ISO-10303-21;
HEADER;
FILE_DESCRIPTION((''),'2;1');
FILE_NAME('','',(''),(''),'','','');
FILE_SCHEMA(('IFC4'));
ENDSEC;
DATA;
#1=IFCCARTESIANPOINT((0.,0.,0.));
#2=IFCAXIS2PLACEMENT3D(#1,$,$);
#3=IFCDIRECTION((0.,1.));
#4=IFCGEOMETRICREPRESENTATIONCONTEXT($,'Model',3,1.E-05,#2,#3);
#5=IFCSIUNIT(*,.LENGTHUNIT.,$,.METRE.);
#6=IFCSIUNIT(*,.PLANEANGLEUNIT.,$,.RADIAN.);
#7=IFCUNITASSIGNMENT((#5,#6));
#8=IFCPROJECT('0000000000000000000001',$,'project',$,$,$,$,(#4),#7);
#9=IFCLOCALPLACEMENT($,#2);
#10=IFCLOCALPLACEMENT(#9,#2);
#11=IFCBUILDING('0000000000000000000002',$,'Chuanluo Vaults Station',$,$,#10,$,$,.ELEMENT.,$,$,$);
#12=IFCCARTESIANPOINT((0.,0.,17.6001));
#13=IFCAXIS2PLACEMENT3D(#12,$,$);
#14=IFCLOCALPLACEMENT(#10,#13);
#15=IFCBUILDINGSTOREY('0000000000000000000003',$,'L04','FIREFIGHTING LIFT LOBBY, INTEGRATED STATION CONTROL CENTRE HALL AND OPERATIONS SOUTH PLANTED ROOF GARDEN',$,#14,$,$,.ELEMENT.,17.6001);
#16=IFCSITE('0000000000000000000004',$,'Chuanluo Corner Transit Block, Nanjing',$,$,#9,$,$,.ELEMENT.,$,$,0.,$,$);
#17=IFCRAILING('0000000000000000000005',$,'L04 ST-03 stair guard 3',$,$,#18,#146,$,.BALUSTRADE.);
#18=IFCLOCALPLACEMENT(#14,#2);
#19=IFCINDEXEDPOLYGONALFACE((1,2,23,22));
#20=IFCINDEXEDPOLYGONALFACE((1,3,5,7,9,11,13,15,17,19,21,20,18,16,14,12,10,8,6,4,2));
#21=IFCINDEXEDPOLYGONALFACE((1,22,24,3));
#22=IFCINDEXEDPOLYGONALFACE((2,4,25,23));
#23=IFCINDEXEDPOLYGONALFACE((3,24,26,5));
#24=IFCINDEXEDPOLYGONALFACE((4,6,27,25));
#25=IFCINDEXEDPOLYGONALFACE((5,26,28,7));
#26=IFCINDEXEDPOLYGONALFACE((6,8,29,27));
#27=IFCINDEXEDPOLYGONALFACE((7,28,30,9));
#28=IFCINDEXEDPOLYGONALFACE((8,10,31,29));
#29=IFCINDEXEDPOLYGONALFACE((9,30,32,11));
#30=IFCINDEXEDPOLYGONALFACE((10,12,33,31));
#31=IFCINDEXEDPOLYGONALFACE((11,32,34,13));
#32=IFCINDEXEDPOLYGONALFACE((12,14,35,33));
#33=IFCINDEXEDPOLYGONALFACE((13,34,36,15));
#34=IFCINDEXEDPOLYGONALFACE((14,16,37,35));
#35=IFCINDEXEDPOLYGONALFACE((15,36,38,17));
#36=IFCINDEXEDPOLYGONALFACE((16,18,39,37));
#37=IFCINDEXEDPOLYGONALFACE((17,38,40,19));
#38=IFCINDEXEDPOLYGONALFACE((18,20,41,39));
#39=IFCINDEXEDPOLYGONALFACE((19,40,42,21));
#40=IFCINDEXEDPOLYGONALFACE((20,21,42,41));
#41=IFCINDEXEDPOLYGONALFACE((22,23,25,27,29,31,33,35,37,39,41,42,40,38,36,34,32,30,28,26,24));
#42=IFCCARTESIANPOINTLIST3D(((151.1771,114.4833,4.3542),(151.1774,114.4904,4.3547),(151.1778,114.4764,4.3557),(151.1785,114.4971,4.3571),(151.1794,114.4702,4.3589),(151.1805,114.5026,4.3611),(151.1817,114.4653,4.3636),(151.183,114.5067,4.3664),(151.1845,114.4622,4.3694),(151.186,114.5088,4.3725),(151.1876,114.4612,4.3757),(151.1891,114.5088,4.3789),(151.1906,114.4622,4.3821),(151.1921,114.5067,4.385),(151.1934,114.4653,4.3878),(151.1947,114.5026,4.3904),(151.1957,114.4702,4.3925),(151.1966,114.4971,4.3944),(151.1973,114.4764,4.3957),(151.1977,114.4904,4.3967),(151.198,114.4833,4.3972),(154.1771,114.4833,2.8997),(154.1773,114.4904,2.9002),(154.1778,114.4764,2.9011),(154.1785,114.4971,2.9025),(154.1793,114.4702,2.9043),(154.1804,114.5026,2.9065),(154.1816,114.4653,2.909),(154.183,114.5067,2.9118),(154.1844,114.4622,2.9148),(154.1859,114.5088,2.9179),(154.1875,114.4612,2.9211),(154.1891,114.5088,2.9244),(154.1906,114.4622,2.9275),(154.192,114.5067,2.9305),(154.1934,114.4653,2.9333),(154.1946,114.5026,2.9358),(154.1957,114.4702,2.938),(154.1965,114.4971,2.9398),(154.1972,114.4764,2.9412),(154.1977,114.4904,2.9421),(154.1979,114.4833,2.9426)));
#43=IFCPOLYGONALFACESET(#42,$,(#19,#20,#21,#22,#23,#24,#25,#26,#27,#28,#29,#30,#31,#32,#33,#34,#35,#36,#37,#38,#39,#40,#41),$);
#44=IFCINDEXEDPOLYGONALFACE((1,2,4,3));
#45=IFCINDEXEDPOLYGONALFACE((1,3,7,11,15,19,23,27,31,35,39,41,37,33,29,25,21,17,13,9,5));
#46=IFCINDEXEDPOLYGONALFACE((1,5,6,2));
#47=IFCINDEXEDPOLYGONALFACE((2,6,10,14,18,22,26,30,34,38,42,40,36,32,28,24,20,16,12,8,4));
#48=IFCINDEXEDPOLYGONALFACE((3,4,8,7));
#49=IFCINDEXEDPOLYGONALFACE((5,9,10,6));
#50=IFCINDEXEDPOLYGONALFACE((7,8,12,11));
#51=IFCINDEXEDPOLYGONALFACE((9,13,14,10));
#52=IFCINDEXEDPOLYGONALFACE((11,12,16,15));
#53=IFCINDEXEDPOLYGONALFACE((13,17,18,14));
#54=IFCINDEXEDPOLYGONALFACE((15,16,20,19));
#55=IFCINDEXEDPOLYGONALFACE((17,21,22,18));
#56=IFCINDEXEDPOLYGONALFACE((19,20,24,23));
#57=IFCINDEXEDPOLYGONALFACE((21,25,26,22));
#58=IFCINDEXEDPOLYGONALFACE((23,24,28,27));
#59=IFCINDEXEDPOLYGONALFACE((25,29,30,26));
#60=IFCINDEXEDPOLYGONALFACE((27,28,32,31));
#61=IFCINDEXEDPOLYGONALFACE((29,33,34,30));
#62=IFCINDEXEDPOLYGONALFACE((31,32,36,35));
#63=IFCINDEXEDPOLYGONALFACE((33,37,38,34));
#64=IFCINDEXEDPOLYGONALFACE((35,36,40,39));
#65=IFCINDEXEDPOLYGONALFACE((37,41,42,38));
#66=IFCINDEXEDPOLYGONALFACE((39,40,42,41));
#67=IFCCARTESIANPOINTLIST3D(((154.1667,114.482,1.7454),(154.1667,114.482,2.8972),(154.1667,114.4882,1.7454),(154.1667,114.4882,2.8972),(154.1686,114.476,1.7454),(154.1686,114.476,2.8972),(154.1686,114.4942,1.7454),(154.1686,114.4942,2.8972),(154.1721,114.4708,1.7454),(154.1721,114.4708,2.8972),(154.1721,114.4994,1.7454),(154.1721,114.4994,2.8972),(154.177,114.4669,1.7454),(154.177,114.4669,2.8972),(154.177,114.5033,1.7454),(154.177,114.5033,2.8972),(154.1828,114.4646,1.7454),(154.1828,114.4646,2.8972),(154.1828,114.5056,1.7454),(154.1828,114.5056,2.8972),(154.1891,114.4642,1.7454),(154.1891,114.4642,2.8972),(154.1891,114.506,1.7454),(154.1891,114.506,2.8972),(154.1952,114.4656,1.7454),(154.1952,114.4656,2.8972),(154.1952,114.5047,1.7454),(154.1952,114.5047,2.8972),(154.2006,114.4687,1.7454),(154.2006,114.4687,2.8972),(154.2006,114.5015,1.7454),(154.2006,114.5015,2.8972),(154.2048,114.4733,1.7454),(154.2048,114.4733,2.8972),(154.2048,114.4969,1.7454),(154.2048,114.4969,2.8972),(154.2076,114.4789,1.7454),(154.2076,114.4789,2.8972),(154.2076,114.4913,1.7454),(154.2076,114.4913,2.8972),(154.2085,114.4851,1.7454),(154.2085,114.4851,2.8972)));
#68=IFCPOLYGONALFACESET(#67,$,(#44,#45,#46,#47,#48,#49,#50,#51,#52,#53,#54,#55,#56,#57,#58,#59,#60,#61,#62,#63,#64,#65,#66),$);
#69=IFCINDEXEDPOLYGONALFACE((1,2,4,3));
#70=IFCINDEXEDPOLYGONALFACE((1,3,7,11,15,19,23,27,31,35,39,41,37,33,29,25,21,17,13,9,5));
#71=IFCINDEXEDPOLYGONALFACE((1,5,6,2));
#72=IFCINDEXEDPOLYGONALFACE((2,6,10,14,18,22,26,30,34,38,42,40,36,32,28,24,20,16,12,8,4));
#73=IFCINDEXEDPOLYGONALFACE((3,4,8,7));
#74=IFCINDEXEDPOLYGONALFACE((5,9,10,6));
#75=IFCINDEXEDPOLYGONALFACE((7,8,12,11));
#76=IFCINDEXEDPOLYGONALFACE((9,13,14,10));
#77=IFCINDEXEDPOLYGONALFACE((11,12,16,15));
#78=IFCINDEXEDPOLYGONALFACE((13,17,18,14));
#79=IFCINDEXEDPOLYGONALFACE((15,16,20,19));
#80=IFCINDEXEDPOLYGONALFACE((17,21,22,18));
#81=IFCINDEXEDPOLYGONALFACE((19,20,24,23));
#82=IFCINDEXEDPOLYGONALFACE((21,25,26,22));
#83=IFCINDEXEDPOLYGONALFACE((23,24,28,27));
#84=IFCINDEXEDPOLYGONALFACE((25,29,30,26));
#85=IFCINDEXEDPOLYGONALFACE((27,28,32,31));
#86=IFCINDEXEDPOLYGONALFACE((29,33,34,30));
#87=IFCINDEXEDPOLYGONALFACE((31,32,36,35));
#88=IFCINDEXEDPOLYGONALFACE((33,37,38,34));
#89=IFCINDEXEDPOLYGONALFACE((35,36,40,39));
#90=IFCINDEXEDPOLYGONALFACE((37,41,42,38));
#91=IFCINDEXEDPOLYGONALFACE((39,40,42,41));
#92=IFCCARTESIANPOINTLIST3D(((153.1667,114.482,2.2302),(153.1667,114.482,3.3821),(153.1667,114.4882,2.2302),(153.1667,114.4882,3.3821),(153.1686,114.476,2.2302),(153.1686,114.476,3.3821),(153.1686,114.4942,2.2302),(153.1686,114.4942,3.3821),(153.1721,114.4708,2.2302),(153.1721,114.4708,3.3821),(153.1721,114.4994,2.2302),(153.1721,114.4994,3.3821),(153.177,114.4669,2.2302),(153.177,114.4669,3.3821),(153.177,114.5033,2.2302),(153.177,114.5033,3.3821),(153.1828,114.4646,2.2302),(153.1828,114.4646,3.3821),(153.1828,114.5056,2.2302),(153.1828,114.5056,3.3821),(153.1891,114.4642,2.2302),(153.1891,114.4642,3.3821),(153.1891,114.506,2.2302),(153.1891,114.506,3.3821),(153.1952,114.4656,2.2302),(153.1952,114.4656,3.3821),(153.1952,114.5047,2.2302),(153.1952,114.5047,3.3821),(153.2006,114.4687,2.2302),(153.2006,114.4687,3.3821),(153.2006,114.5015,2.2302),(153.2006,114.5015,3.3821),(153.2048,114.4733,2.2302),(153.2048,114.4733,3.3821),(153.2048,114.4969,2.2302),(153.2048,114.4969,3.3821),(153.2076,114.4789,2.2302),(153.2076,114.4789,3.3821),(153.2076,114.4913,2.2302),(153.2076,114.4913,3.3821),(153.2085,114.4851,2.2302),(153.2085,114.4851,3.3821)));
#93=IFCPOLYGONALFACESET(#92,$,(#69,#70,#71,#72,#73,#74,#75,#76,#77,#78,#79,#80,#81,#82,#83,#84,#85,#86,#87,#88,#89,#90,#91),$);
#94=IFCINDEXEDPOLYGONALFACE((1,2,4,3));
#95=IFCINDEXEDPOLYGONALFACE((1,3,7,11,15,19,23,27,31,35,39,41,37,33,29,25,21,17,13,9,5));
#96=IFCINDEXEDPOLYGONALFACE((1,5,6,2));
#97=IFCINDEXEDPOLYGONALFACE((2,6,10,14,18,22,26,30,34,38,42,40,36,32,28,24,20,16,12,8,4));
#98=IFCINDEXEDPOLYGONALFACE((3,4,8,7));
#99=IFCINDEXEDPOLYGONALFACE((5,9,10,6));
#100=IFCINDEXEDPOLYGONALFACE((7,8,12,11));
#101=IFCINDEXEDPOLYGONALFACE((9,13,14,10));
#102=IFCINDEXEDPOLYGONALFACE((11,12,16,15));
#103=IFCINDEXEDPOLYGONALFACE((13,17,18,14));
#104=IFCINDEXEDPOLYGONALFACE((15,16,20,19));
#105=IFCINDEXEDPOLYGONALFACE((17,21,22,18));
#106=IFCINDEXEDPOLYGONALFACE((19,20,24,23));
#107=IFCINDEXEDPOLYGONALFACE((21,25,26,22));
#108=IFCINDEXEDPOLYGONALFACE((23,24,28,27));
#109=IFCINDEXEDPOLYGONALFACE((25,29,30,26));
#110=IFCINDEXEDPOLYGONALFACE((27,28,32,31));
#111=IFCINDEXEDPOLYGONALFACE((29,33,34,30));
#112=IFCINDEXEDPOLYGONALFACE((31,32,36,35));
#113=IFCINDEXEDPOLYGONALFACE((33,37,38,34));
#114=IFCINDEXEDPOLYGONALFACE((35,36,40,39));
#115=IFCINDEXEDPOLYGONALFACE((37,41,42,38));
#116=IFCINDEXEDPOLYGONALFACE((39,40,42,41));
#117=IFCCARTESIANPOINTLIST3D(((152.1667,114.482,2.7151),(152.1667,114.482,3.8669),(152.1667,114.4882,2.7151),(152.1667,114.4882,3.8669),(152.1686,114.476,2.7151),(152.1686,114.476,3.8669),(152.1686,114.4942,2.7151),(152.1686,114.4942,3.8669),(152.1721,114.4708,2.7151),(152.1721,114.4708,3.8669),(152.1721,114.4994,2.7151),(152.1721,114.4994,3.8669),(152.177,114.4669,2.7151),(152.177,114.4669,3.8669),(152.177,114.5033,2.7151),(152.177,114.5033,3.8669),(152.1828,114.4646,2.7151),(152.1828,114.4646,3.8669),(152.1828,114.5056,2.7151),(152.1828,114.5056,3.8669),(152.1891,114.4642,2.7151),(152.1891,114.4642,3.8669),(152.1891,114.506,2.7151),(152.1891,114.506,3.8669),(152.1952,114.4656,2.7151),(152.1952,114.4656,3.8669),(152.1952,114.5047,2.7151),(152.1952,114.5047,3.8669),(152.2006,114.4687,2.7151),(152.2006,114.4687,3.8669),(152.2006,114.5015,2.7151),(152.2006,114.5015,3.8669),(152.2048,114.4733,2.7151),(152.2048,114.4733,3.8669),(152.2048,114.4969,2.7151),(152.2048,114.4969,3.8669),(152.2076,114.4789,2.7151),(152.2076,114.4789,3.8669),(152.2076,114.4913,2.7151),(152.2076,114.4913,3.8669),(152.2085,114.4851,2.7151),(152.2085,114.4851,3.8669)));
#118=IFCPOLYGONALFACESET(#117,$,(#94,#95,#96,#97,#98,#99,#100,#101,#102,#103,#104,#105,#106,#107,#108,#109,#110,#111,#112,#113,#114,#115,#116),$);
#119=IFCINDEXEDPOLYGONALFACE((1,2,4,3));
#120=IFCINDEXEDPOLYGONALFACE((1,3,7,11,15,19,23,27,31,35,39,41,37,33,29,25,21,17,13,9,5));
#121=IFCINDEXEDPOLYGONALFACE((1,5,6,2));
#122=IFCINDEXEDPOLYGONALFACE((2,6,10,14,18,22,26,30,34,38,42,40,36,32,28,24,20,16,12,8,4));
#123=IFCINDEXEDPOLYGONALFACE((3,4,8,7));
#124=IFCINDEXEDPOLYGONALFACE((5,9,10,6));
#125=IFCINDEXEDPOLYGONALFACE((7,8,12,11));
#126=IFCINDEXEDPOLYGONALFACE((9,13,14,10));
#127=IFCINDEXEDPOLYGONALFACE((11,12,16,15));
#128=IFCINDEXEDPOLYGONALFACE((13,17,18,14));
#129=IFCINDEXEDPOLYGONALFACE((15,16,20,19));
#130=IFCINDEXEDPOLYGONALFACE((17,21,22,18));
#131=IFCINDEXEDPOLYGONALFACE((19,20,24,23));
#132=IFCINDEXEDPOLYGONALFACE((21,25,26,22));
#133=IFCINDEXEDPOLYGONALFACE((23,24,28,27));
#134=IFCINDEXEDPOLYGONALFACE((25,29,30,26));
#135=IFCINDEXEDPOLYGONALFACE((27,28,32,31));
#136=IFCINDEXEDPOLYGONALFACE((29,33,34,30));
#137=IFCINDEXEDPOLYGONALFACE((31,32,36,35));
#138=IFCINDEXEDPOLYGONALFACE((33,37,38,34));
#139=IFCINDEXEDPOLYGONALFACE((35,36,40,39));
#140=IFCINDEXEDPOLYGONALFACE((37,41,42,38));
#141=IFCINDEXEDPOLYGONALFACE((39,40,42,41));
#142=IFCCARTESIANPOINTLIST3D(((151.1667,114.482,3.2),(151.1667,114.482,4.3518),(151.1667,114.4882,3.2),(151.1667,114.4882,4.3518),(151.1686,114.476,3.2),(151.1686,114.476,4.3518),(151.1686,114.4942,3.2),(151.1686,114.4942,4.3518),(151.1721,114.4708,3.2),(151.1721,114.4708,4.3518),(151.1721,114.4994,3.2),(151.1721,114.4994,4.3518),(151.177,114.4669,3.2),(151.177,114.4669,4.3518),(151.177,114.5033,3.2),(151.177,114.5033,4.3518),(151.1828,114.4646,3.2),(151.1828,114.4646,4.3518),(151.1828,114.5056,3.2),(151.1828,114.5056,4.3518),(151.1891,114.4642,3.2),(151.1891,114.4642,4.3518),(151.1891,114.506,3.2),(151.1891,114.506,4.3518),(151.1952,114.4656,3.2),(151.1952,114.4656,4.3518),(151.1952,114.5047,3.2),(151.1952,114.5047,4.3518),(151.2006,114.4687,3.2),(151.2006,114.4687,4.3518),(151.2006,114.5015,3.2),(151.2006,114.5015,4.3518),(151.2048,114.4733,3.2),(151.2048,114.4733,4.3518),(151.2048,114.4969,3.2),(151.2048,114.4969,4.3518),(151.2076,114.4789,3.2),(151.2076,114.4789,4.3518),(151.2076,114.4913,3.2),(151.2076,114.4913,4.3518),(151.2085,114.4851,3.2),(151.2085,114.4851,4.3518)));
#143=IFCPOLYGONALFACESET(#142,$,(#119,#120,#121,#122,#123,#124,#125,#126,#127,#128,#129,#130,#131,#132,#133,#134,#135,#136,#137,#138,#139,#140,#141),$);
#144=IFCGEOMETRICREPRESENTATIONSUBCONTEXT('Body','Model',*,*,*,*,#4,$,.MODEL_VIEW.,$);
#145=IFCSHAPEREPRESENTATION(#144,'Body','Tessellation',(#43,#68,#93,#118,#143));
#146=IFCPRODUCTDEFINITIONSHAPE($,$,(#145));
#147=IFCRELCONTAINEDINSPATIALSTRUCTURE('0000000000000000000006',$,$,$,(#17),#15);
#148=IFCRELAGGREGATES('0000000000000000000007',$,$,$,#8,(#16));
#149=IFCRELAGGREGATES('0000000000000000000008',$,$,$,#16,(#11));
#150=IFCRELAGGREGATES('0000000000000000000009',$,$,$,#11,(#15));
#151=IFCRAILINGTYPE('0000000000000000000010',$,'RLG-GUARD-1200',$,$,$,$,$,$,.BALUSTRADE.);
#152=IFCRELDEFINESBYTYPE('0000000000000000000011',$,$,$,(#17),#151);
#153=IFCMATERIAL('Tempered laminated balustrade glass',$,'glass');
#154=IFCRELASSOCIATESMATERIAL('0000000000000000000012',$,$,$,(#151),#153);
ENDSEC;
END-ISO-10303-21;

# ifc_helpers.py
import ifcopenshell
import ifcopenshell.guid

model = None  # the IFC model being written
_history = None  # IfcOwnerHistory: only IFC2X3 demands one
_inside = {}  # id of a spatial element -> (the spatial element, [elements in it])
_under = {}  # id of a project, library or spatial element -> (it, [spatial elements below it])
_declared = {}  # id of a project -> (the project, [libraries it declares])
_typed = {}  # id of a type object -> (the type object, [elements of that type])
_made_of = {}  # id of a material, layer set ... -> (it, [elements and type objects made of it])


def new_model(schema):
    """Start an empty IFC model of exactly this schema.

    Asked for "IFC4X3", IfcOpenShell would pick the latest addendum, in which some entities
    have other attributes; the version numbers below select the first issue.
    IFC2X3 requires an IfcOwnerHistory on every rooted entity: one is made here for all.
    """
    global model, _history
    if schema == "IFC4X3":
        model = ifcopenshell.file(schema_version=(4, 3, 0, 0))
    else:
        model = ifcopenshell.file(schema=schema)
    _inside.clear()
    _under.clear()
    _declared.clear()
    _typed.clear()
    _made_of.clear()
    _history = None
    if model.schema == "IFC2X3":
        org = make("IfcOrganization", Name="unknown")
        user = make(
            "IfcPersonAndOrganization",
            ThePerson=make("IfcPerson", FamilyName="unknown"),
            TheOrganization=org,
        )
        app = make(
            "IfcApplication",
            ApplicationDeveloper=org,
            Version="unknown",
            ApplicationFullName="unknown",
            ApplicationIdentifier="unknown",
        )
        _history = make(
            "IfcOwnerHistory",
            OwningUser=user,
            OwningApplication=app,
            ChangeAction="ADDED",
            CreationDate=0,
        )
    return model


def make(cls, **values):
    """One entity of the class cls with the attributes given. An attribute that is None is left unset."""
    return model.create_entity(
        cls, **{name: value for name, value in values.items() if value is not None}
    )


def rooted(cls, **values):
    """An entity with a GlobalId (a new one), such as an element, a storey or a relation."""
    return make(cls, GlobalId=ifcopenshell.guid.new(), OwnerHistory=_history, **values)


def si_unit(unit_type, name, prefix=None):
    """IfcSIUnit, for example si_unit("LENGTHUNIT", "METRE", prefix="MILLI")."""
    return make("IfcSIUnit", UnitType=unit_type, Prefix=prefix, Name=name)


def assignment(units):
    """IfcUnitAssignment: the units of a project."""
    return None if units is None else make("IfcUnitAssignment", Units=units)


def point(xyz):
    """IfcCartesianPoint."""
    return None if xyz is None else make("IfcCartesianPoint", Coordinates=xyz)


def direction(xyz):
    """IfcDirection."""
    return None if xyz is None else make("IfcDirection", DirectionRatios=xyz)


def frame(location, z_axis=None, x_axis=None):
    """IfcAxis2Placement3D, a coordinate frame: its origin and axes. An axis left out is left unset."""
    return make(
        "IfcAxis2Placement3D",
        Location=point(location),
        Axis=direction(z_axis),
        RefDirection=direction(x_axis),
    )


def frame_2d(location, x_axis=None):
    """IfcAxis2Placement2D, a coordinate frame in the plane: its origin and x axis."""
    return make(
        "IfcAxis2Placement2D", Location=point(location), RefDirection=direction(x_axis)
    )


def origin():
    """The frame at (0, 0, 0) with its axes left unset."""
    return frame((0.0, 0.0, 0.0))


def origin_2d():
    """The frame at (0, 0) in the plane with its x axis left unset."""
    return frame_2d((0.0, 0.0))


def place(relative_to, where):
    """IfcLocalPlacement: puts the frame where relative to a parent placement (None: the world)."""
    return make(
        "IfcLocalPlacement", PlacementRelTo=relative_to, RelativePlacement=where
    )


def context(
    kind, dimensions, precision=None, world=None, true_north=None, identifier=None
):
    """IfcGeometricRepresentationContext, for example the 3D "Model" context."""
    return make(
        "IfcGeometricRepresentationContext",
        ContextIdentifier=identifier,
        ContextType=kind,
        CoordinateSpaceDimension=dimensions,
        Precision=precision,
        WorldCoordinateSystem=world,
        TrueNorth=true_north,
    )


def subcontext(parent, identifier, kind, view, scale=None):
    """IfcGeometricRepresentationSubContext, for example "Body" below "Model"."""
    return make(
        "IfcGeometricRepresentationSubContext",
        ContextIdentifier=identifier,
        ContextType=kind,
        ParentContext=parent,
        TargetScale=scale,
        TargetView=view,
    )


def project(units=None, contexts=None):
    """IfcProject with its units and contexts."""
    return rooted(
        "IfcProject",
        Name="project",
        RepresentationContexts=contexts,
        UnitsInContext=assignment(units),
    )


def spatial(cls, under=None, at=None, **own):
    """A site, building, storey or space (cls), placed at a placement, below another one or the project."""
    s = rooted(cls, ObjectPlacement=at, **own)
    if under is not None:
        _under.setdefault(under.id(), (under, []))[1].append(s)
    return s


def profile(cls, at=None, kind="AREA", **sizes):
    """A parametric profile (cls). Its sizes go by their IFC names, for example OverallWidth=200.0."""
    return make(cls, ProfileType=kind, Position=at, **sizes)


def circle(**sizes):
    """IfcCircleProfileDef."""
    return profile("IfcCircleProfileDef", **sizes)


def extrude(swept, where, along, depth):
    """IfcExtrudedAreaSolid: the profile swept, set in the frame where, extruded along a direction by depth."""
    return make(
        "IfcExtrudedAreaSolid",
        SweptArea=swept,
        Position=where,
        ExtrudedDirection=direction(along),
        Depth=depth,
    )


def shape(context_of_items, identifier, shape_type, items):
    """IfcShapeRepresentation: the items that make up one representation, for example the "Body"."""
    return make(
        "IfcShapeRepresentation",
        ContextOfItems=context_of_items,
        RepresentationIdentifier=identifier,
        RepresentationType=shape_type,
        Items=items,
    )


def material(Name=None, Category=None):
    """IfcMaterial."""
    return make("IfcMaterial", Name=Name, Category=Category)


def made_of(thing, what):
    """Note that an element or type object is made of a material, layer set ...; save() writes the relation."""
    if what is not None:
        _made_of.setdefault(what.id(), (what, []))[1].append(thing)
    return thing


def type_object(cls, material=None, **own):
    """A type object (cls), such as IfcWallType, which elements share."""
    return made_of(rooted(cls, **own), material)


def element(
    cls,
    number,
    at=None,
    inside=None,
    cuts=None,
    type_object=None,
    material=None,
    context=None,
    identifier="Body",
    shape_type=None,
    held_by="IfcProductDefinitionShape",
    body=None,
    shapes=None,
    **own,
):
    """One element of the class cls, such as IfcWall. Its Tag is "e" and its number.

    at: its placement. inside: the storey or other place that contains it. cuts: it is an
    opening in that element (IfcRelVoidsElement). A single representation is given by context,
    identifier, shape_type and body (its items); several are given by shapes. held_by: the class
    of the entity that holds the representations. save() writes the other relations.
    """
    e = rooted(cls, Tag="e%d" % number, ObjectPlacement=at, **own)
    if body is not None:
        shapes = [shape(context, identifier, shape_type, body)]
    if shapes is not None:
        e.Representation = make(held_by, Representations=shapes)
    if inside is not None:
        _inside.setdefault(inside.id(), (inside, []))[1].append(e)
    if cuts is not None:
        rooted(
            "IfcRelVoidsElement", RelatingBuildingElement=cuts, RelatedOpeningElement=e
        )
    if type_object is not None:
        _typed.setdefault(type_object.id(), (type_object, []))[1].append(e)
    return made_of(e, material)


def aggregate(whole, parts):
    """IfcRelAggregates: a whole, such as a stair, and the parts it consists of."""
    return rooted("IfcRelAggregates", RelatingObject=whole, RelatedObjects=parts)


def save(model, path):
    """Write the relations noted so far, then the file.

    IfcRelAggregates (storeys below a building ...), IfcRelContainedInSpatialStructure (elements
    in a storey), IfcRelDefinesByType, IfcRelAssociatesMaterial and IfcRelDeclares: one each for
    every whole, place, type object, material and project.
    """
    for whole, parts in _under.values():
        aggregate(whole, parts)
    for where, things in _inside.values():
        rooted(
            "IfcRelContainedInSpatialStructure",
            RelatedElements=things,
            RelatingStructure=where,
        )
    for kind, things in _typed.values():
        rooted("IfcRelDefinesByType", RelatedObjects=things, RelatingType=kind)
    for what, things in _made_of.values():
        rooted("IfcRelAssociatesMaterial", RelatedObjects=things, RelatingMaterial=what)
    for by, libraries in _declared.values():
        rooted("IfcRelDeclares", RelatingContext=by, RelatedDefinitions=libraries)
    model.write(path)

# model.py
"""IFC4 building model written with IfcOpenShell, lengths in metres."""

from ifc_helpers import new_model, si_unit, direction, frame, origin, origin_2d, place, context, subcontext, project, spatial, circle, extrude, material, type_object, element, save


model = new_model("IFC4")

# Units and contexts
model_context = context("Model", 3, precision=1e-05, world=origin(), true_north=direction((0.0, 1.0)))
body_context = subcontext(model_context, "Body", "Model", "MODEL_VIEW")
ifc_project = project(units=[si_unit("LENGTHUNIT", "METRE"), si_unit("PLANEANGLEUNIT", "RADIAN")], contexts=[model_context])

# Site, building, storey
site_placement = place(None, origin())
site = spatial("IfcSite", under=ifc_project, at=site_placement, Name="Chuanluo Corner Transit Block, Nanjing", CompositionType="ELEMENT", RefElevation=0.0)
building_placement = place(site_placement, origin())
building = spatial("IfcBuilding", under=site, at=building_placement, Name="Chuanluo Vaults Station", CompositionType="ELEMENT")
storey_placement = place(building_placement, frame((0.0, 0.0, 17.6001)))
storey = spatial("IfcBuildingStorey", under=building, at=storey_placement, Name="L04", Description="FIREFIGHTING LIFT LOBBY, INTEGRATED STATION CONTROL CENTRE HALL AND OPERATIONS SOUTH PLANTED ROOF GARDEN", CompositionType="ELEMENT", Elevation=17.6001)

# Railing
ifc_material_1 = material(Name="Tempered laminated balustrade glass", Category="glass")
railing_type_1 = type_object("IfcRailingType", Name="RLG-GUARD-1200", PredefinedType="BALUSTRADE", material=ifc_material_1)
railing_1_placement = place(storey_placement, frame((154.1875, 114.4851, 1.7454)))
element("IfcRailing", 1, at=railing_1_placement, inside=storey, type_object=railing_type_1, Name="L04 ST-03 stair guard 3", PredefinedType="BALUSTRADE", context=body_context, shape_type="SweptSolid", body=[
    extrude(circle(Radius=0.0239, at=origin_2d()), frame((0.0, 0.0, 1.1758), z_axis=(-0.899809, 0.0, 0.436284), x_axis=(0.0, -1.0, 0.0)), (0.0, 0.0, 1.0), 3.334),
    extrude(circle(Radius=0.021, at=origin_2d()), origin(), (0.0, 0.0, 1.0), 1.1519),
    extrude(circle(Radius=0.021, at=origin_2d()), frame((-1.0, 0.0, 0.4849)), (0.0, 0.0, 1.0), 1.1519),
    extrude(circle(Radius=0.021, at=origin_2d()), frame((-2.0, 0.0, 0.9697)), (0.0, 0.0, 1.0), 1.1519),
    extrude(circle(Radius=0.021, at=origin_2d()), frame((-3.0, 0.0, 1.4546)), (0.0, 0.0, 1.0), 1.1519),
])

save(model, "model.ifc")
